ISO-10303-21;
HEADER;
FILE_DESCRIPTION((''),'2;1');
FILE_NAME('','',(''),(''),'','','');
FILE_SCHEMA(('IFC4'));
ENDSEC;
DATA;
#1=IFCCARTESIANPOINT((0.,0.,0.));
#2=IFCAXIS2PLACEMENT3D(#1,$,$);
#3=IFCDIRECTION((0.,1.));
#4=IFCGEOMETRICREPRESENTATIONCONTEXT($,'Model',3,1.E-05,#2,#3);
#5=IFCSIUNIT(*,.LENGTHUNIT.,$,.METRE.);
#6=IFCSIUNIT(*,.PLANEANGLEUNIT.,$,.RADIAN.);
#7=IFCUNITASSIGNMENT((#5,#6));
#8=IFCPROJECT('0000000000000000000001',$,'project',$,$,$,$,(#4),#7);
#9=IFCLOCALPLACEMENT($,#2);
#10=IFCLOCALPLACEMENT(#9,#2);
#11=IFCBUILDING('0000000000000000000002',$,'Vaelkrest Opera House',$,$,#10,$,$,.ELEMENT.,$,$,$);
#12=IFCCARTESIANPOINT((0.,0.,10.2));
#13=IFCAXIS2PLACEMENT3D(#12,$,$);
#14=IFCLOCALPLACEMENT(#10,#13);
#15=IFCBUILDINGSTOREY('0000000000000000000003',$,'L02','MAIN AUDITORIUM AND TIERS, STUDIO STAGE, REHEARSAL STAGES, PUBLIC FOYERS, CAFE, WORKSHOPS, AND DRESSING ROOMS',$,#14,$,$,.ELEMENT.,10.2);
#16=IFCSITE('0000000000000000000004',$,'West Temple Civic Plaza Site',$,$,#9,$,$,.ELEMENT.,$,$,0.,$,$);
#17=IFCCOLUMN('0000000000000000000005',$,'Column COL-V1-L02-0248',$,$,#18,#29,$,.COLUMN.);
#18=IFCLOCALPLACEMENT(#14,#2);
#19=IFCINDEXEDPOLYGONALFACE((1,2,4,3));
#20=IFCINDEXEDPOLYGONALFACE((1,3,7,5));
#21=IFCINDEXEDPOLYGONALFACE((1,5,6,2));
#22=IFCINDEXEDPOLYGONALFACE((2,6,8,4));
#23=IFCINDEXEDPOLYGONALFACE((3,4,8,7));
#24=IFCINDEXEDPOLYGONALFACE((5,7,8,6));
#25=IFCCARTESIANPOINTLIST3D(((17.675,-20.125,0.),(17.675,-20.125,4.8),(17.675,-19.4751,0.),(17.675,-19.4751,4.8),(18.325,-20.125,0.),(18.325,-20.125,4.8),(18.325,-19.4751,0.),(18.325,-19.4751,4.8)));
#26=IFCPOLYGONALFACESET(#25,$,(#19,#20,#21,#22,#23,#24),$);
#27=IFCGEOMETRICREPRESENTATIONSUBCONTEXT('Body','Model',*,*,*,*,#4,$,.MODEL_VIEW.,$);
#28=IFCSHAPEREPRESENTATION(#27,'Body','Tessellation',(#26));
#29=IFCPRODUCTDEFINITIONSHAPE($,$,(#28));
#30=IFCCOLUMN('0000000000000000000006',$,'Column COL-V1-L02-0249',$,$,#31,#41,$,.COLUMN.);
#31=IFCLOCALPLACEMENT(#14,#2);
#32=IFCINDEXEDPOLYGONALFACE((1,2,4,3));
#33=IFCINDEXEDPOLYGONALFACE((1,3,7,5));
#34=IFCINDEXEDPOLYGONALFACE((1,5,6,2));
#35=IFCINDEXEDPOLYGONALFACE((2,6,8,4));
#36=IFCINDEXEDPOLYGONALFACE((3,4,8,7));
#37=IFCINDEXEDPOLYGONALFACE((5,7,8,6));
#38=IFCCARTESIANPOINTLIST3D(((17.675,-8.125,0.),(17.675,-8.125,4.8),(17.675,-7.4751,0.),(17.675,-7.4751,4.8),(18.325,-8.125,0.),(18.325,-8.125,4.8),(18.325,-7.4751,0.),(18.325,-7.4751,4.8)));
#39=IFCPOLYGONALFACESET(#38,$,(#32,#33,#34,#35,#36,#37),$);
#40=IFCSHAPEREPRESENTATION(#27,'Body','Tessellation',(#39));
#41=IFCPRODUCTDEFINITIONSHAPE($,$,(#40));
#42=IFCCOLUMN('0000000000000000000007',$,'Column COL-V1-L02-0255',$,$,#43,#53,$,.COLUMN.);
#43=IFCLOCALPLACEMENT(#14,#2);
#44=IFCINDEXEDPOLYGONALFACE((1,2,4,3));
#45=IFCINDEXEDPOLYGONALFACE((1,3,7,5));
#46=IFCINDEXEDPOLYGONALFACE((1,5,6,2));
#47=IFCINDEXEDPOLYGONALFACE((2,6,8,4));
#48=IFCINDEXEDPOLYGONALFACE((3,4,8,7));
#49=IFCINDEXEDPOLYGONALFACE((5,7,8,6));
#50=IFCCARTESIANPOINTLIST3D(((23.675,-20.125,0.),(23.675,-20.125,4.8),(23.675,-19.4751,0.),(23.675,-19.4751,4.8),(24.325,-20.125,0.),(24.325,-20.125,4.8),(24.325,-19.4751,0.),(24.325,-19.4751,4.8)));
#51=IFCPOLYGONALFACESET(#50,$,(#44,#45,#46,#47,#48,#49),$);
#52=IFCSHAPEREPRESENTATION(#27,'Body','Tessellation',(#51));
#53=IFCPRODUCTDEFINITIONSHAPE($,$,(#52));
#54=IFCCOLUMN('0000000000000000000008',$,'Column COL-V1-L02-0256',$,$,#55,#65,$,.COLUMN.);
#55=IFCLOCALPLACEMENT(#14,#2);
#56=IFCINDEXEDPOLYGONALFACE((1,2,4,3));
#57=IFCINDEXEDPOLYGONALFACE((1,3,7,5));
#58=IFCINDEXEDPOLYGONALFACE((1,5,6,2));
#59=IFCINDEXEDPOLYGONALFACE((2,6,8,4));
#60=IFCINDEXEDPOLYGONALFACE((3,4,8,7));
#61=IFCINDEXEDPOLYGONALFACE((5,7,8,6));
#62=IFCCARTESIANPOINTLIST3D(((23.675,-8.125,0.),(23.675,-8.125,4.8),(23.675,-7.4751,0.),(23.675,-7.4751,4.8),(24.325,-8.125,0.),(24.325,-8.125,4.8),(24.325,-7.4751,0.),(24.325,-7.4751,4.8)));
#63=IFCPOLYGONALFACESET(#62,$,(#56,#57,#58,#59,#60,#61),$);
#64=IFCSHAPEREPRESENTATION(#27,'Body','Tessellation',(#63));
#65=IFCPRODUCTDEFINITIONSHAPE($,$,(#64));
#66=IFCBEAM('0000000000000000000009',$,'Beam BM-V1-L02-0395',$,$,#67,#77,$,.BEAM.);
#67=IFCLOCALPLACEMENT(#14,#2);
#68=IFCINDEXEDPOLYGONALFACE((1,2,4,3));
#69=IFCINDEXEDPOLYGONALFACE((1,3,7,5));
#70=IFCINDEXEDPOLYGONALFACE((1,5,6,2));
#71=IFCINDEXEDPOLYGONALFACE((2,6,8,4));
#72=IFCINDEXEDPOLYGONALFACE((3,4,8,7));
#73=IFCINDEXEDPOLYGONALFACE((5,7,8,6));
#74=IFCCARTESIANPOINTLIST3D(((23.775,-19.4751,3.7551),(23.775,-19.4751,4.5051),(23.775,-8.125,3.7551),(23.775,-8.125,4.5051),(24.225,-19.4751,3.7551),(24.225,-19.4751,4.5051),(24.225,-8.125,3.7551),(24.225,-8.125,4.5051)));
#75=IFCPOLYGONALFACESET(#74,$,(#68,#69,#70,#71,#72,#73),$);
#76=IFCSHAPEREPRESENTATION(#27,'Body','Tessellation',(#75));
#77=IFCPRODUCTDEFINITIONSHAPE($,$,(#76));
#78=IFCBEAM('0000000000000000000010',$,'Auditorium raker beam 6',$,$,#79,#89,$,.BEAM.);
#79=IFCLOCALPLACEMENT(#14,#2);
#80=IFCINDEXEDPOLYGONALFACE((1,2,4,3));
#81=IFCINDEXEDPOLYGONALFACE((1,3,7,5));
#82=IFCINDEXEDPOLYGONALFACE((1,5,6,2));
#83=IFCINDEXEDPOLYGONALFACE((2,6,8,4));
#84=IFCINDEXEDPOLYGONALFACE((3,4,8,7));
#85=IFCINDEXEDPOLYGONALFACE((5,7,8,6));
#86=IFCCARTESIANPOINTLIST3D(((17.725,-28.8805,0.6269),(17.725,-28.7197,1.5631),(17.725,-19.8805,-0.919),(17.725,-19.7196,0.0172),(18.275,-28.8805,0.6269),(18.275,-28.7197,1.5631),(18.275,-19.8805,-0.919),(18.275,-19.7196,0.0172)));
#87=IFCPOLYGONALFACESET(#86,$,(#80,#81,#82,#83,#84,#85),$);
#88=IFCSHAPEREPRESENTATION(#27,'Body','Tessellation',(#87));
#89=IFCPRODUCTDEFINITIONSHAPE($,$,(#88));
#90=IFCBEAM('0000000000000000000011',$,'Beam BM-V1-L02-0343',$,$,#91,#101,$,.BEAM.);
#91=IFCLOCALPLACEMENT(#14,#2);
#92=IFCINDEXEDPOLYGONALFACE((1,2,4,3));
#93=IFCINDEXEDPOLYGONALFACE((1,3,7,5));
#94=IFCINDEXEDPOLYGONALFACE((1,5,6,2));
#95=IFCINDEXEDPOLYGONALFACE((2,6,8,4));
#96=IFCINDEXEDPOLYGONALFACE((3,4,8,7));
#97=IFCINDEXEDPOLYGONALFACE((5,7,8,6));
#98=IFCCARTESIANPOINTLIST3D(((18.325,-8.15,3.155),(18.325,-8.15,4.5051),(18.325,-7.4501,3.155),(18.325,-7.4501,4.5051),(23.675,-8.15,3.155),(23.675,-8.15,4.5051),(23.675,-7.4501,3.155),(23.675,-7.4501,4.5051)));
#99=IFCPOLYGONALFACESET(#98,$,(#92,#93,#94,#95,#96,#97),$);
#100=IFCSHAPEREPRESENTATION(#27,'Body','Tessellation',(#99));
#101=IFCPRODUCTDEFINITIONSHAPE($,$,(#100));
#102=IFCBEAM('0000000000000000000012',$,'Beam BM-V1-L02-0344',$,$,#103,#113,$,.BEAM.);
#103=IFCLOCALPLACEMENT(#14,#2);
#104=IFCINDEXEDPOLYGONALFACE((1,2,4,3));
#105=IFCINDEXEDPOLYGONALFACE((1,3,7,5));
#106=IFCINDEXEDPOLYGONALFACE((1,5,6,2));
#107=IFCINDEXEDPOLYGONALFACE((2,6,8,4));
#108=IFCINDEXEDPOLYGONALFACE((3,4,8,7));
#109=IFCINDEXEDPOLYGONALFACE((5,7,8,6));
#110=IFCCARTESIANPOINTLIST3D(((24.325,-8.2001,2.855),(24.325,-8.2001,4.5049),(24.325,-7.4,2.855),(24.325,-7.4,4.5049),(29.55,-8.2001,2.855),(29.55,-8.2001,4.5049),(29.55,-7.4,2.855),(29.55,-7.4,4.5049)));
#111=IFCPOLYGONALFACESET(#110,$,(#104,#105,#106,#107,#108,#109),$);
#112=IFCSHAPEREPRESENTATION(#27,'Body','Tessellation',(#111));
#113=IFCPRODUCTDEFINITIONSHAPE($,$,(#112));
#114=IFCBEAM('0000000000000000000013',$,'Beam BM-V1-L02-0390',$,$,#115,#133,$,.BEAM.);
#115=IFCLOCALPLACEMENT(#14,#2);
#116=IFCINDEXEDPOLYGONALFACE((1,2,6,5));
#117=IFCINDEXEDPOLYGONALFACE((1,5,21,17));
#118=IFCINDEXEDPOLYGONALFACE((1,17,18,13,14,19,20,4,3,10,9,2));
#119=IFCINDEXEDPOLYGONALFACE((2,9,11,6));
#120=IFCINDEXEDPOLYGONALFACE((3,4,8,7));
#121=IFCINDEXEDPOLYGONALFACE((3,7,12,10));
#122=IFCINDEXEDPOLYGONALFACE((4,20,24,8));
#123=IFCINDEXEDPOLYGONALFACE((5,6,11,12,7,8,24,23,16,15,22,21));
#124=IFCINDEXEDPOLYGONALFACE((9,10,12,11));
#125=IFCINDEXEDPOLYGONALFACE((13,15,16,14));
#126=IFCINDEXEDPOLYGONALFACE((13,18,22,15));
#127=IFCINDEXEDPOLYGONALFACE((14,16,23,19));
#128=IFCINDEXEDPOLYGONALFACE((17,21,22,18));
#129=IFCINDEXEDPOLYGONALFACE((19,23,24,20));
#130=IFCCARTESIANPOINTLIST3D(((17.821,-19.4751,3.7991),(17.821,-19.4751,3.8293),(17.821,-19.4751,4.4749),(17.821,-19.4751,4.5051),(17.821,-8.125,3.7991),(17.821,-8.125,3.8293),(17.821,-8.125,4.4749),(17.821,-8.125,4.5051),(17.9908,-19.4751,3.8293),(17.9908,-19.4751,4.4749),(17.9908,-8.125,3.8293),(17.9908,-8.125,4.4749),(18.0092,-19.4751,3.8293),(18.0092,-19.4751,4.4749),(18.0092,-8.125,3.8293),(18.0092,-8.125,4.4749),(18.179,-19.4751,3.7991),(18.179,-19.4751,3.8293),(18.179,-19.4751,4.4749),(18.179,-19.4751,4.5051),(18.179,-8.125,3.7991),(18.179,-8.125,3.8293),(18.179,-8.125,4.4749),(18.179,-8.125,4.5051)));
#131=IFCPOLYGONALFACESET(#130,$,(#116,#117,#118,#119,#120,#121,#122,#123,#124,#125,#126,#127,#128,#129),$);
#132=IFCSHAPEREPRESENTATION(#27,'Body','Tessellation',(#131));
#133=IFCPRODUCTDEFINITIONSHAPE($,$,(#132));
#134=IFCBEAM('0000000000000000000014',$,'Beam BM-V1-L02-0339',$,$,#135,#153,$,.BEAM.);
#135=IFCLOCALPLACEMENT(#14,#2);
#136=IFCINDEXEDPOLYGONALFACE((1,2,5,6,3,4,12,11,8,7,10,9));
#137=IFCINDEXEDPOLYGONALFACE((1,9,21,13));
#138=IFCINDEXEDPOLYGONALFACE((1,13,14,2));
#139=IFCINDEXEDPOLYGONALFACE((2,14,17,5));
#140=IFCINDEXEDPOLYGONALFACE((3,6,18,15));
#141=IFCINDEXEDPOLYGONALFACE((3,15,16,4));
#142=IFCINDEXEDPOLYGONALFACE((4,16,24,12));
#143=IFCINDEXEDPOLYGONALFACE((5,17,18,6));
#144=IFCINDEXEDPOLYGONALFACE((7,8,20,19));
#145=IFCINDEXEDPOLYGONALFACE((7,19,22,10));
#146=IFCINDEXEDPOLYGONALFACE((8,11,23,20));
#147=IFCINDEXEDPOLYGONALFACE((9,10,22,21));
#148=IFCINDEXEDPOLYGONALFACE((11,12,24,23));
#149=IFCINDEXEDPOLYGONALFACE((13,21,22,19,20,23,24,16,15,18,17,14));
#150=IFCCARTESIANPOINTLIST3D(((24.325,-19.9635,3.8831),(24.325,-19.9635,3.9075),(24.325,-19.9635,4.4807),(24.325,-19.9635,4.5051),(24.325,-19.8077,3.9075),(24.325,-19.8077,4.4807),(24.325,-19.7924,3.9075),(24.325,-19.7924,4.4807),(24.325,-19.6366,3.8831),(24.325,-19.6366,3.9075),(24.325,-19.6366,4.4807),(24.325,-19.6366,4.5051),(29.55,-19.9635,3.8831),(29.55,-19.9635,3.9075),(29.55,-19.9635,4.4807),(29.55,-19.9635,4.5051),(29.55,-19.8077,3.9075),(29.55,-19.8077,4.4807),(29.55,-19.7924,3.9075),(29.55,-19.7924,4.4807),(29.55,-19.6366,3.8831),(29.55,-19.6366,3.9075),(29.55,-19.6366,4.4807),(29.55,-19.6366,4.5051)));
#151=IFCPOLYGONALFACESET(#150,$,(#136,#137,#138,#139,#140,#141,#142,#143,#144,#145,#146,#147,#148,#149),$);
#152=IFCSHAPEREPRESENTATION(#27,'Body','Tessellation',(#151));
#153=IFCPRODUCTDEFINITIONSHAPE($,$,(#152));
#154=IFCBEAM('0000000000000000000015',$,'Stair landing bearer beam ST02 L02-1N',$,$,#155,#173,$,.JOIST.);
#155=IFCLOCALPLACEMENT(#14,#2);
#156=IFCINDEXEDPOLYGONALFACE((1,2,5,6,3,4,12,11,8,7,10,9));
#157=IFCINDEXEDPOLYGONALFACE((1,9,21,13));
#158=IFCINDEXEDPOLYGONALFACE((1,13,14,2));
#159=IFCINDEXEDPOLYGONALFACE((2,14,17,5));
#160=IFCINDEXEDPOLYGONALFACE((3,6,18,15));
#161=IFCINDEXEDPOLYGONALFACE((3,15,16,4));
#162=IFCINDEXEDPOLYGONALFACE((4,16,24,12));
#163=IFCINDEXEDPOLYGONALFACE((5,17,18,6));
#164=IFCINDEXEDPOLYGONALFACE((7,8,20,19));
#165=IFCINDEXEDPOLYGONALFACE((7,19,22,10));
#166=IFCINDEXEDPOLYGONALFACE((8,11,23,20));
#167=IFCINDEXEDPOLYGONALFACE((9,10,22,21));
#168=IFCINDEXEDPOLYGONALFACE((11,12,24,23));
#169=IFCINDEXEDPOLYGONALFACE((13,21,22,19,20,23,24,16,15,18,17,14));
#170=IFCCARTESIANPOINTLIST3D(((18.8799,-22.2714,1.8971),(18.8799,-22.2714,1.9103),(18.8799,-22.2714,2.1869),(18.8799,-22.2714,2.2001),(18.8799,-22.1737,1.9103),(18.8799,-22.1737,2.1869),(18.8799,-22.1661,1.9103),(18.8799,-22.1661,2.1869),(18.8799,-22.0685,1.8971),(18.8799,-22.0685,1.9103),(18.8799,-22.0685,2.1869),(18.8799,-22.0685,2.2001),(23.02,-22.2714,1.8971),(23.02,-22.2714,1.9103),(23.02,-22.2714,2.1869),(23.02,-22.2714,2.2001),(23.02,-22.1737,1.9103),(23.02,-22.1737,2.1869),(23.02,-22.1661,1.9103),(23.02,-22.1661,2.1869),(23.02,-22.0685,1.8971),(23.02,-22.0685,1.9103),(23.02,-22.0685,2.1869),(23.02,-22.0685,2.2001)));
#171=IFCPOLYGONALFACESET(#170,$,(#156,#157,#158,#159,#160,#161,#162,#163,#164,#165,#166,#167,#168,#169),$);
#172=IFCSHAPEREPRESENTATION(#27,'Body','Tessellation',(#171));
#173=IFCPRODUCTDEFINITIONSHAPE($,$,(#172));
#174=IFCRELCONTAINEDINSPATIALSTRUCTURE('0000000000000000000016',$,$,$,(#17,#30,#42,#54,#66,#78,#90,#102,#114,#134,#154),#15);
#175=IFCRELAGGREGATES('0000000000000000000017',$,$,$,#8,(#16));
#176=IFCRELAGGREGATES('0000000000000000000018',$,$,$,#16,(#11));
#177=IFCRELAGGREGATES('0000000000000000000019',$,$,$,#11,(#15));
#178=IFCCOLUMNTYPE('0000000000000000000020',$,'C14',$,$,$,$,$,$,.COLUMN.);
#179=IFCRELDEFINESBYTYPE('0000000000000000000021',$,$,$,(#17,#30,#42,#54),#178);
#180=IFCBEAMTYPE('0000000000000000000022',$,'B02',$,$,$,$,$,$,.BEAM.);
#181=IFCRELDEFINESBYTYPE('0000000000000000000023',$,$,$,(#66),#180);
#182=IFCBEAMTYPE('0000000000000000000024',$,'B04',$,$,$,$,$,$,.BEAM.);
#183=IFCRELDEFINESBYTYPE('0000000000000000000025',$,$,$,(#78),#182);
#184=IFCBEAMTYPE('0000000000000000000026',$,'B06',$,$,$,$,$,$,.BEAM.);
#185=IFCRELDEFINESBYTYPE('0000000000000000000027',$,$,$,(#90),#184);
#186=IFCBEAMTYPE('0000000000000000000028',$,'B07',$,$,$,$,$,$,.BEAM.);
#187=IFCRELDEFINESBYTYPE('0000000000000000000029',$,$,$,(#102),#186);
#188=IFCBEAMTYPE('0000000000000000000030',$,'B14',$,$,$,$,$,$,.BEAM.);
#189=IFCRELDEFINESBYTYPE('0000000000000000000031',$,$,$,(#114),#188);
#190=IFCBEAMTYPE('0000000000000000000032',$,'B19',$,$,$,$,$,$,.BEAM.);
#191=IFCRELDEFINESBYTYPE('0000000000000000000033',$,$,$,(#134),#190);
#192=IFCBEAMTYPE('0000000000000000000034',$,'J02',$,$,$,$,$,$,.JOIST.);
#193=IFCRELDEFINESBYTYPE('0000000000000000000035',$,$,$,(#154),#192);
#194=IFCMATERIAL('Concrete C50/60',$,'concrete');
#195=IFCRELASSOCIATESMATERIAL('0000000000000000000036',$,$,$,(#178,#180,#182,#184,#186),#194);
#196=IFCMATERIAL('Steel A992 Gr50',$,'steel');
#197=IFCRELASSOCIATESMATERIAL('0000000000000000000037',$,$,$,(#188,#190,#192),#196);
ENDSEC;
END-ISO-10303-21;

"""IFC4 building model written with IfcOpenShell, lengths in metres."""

from ifc_helpers import new_model, si_unit, direction, frame, origin, origin_2d, place, context, subcontext, project, spatial, rectangle, i_section, extrude, material, material_profile, profile_set, type_object, element, save


model = new_model("IFC4")

# Units and contexts
model_context = context("Model", 3, precision=1e-05, world=origin(), true_north=direction((0.0, 1.0)))
body_context = subcontext(model_context, "Body", "Model", "MODEL_VIEW")
ifc_project = project(units=[si_unit("LENGTHUNIT", "METRE"), si_unit("PLANEANGLEUNIT", "RADIAN")], contexts=[model_context])

# Site, building, storey
site_placement = place(None, origin())
site = spatial("IfcSite", under=ifc_project, at=site_placement, Name="West Temple Civic Plaza Site", CompositionType="ELEMENT", RefElevation=0.0)
building_placement = place(site_placement, origin())
building = spatial("IfcBuilding", under=site, at=building_placement, Name="Vaelkrest Opera House", CompositionType="ELEMENT")
storey_placement = place(building_placement, frame((0.0, 0.0, 10.2)))
storey = spatial("IfcBuildingStorey", under=building, at=storey_placement, Name="L02", Description="MAIN AUDITORIUM AND TIERS, STUDIO STAGE, REHEARSAL STAGES, PUBLIC FOYERS, CAFE, WORKSHOPS, AND DRESSING ROOMS", CompositionType="ELEMENT", Elevation=10.2)

# Columns
ifc_material_1 = material(Name="Concrete C50/60", Category="concrete")
ifc_material_profile_1 = material_profile(ifc_material_1, rectangle(XDim=0.6499, YDim=0.6499, at=origin_2d()), Name="RC650X650")
ifc_profile_set_1 = profile_set([ifc_material_profile_1], Name="Concrete C50/60")
column_type = type_object("IfcColumnType", Name="C14", PredefinedType="COLUMN", material=ifc_profile_set_1)
for number, where, z_axis, x_axis, name in (
    (1, (18.0, -19.8, 0.0), (0.0, 0.0, 1.0), (1.0, 0.0, 0.0), "Column COL-V1-L02-0248"),
    (2, (18.0, -7.8, 0.0), (0.0, 0.0, 1.0), (1.0, 0.0, 0.0), "Column COL-V1-L02-0249"),
    (3, (24.0, -19.8, 0.0), (0.0, 0.0, 1.0), (1.0, 0.0, 0.0), "Column COL-V1-L02-0255"),
    (4, (24.0, -7.8, 0.0), (0.0, 0.0, 1.0), (1.0, 0.0, 0.0), "Column COL-V1-L02-0256"),
):
    element("IfcColumn", number, at=place(storey_placement, frame(where, z_axis=z_axis, x_axis=x_axis)), inside=storey, type_object=column_type, Name=name, PredefinedType="COLUMN", context=body_context, shape_type="SweptSolid", body=[
        extrude(rectangle(XDim=0.6499, YDim=0.6499, at=origin_2d()), origin(), (0.0, 0.0, 1.0), 4.8),
    ])

# Beams
ifc_material_profile_2 = material_profile(ifc_material_1, rectangle(XDim=0.45, YDim=0.75, at=origin_2d()), Name="RCB450X750")
ifc_profile_set_2 = profile_set([ifc_material_profile_2], Name="Concrete C50/60")
beam_type_1 = type_object("IfcBeamType", Name="B02", PredefinedType="BEAM", material=ifc_profile_set_2)
beam_1_placement = place(storey_placement, frame((24.0, -19.4751, 4.1301), z_axis=(0.0, 1.0, 0.0), x_axis=(-1.0, 0.0, 0.0)))
element("IfcBeam", 5, at=beam_1_placement, inside=storey, type_object=beam_type_1, Name="Beam BM-V1-L02-0395", PredefinedType="BEAM", context=body_context, shape_type="SweptSolid", body=[
    extrude(rectangle(XDim=0.45, YDim=0.75, at=origin_2d()), origin(), (0.0, 0.0, 1.0), 11.3501),
])
ifc_material_profile_3 = material_profile(ifc_material_1, rectangle(XDim=0.55, YDim=0.95, at=origin_2d()), Name="RCB550X950")
ifc_profile_set_3 = profile_set([ifc_material_profile_3], Name="Concrete C50/60")
beam_type_2 = type_object("IfcBeamType", Name="B04", PredefinedType="BEAM", material=ifc_profile_set_3)
beam_2_placement = place(storey_placement, frame((18.0, -19.8, -0.4509), z_axis=(0.0, -0.985567, 0.169287), x_axis=(1.0, 0.0, 0.0)))
element("IfcBeam", 6, at=beam_2_placement, inside=storey, type_object=beam_type_2, Name="Auditorium raker beam 6", PredefinedType="BEAM", context=body_context, shape_type="SweptSolid", body=[
    extrude(rectangle(XDim=0.55, YDim=0.95, at=origin_2d()), origin(), (0.0, 0.0, 1.0), 9.1318),
])
ifc_material_profile_4 = material_profile(ifc_material_1, rectangle(XDim=0.7, YDim=1.3501, at=origin_2d()), Name="RCB700X1350")
ifc_profile_set_4 = profile_set([ifc_material_profile_4], Name="Concrete C50/60")
beam_type_3 = type_object("IfcBeamType", Name="B06", PredefinedType="BEAM", material=ifc_profile_set_4)
beam_3_placement = place(storey_placement, frame((18.325, -7.8, 3.8301), z_axis=(1.0, 0.0, 0.0), x_axis=(0.0, 1.0, 0.0)))
element("IfcBeam", 7, at=beam_3_placement, inside=storey, type_object=beam_type_3, Name="Beam BM-V1-L02-0343", PredefinedType="BEAM", context=body_context, shape_type="SweptSolid", body=[
    extrude(rectangle(XDim=0.7, YDim=1.3501, at=origin_2d()), origin(), (0.0, 0.0, 1.0), 5.3501),
])
ifc_material_profile_5 = material_profile(ifc_material_1, rectangle(XDim=0.8, YDim=1.6499, at=origin_2d()), Name="RCB800X1650")
ifc_profile_set_5 = profile_set([ifc_material_profile_5], Name="Concrete C50/60")
beam_type_4 = type_object("IfcBeamType", Name="B07", PredefinedType="BEAM", material=ifc_profile_set_5)
beam_4_placement = place(storey_placement, frame((24.325, -7.8, 3.6799), z_axis=(1.0, 0.0, 0.0), x_axis=(0.0, 1.0, 0.0)))
element("IfcBeam", 8, at=beam_4_placement, inside=storey, type_object=beam_type_4, Name="Beam BM-V1-L02-0344", PredefinedType="BEAM", context=body_context, shape_type="SweptSolid", body=[
    extrude(rectangle(XDim=0.8, YDim=1.6499, at=origin_2d()), origin(), (0.0, 0.0, 1.0), 5.2251),
])
ifc_material_2 = material(Name="Steel A992 Gr50", Category="steel")
ifc_material_profile_6 = material_profile(ifc_material_2, i_section(OverallWidth=0.3579, OverallDepth=0.7061, WebThickness=0.0183, FlangeThickness=0.0303, at=origin_2d()), Name="W27X178")
ifc_profile_set_6 = profile_set([ifc_material_profile_6], Name="Steel A992 Gr50")
beam_type_5 = type_object("IfcBeamType", Name="B14", PredefinedType="BEAM", material=ifc_profile_set_6)
beam_5_placement = place(storey_placement, frame((18.0, -19.4751, 4.1521), z_axis=(0.0, 1.0, 0.0), x_axis=(-1.0, 0.0, 0.0)))
element("IfcBeam", 9, at=beam_5_placement, inside=storey, type_object=beam_type_5, Name="Beam BM-V1-L02-0390", PredefinedType="BEAM", context=body_context, shape_type="SweptSolid", body=[
    extrude(i_section(OverallWidth=0.3579, OverallDepth=0.7061, WebThickness=0.0183, FlangeThickness=0.0303, at=origin_2d()), origin(), (0.0, 0.0, 1.0), 11.3501),
])
ifc_material_profile_7 = material_profile(ifc_material_2, i_section(OverallWidth=0.3269, OverallDepth=0.6221, WebThickness=0.0154, FlangeThickness=0.0244, at=origin_2d()), Name="W24X131")
ifc_profile_set_7 = profile_set([ifc_material_profile_7], Name="Steel A992 Gr50")
beam_type_6 = type_object("IfcBeamType", Name="B19", PredefinedType="BEAM", material=ifc_profile_set_7)
beam_6_placement = place(storey_placement, frame((24.325, -19.8, 4.1941), z_axis=(1.0, 0.0, 0.0), x_axis=(0.0, 1.0, 0.0)))
element("IfcBeam", 10, at=beam_6_placement, inside=storey, type_object=beam_type_6, Name="Beam BM-V1-L02-0339", PredefinedType="BEAM", context=body_context, shape_type="SweptSolid", body=[
    extrude(i_section(OverallWidth=0.3269, OverallDepth=0.6221, WebThickness=0.0154, FlangeThickness=0.0244, at=origin_2d()), origin(), (0.0, 0.0, 1.0), 5.2251),
])
ifc_material_profile_8 = material_profile(ifc_material_2, i_section(OverallWidth=0.2029, OverallDepth=0.303, WebThickness=0.0076, FlangeThickness=0.0132, at=origin_2d()), Name="W12X40")
ifc_profile_set_8 = profile_set([ifc_material_profile_8], Name="Steel A992 Gr50")
beam_type_7 = type_object("IfcBeamType", Name="J02", PredefinedType="JOIST", material=ifc_profile_set_8)
for number, where, z_axis, x_axis, name in (
    (11, (18.8799, -22.1699, 2.0486), (1.0, 0.0, 0.0), (0.0, 1.0, 0.0), "Stair landing bearer beam ST02 L02-1N"),
):
    element("IfcBeam", number, at=place(storey_placement, frame(where, z_axis=z_axis, x_axis=x_axis)), inside=storey, type_object=beam_type_7, Name=name, PredefinedType="JOIST", context=body_context, shape_type="SweptSolid", body=[
        extrude(i_section(OverallWidth=0.2029, OverallDepth=0.303, WebThickness=0.0076, FlangeThickness=0.0132, at=origin_2d()), origin(), (0.0, 0.0, 1.0), 4.1401),
    ])

save(model, "model.ifc")
